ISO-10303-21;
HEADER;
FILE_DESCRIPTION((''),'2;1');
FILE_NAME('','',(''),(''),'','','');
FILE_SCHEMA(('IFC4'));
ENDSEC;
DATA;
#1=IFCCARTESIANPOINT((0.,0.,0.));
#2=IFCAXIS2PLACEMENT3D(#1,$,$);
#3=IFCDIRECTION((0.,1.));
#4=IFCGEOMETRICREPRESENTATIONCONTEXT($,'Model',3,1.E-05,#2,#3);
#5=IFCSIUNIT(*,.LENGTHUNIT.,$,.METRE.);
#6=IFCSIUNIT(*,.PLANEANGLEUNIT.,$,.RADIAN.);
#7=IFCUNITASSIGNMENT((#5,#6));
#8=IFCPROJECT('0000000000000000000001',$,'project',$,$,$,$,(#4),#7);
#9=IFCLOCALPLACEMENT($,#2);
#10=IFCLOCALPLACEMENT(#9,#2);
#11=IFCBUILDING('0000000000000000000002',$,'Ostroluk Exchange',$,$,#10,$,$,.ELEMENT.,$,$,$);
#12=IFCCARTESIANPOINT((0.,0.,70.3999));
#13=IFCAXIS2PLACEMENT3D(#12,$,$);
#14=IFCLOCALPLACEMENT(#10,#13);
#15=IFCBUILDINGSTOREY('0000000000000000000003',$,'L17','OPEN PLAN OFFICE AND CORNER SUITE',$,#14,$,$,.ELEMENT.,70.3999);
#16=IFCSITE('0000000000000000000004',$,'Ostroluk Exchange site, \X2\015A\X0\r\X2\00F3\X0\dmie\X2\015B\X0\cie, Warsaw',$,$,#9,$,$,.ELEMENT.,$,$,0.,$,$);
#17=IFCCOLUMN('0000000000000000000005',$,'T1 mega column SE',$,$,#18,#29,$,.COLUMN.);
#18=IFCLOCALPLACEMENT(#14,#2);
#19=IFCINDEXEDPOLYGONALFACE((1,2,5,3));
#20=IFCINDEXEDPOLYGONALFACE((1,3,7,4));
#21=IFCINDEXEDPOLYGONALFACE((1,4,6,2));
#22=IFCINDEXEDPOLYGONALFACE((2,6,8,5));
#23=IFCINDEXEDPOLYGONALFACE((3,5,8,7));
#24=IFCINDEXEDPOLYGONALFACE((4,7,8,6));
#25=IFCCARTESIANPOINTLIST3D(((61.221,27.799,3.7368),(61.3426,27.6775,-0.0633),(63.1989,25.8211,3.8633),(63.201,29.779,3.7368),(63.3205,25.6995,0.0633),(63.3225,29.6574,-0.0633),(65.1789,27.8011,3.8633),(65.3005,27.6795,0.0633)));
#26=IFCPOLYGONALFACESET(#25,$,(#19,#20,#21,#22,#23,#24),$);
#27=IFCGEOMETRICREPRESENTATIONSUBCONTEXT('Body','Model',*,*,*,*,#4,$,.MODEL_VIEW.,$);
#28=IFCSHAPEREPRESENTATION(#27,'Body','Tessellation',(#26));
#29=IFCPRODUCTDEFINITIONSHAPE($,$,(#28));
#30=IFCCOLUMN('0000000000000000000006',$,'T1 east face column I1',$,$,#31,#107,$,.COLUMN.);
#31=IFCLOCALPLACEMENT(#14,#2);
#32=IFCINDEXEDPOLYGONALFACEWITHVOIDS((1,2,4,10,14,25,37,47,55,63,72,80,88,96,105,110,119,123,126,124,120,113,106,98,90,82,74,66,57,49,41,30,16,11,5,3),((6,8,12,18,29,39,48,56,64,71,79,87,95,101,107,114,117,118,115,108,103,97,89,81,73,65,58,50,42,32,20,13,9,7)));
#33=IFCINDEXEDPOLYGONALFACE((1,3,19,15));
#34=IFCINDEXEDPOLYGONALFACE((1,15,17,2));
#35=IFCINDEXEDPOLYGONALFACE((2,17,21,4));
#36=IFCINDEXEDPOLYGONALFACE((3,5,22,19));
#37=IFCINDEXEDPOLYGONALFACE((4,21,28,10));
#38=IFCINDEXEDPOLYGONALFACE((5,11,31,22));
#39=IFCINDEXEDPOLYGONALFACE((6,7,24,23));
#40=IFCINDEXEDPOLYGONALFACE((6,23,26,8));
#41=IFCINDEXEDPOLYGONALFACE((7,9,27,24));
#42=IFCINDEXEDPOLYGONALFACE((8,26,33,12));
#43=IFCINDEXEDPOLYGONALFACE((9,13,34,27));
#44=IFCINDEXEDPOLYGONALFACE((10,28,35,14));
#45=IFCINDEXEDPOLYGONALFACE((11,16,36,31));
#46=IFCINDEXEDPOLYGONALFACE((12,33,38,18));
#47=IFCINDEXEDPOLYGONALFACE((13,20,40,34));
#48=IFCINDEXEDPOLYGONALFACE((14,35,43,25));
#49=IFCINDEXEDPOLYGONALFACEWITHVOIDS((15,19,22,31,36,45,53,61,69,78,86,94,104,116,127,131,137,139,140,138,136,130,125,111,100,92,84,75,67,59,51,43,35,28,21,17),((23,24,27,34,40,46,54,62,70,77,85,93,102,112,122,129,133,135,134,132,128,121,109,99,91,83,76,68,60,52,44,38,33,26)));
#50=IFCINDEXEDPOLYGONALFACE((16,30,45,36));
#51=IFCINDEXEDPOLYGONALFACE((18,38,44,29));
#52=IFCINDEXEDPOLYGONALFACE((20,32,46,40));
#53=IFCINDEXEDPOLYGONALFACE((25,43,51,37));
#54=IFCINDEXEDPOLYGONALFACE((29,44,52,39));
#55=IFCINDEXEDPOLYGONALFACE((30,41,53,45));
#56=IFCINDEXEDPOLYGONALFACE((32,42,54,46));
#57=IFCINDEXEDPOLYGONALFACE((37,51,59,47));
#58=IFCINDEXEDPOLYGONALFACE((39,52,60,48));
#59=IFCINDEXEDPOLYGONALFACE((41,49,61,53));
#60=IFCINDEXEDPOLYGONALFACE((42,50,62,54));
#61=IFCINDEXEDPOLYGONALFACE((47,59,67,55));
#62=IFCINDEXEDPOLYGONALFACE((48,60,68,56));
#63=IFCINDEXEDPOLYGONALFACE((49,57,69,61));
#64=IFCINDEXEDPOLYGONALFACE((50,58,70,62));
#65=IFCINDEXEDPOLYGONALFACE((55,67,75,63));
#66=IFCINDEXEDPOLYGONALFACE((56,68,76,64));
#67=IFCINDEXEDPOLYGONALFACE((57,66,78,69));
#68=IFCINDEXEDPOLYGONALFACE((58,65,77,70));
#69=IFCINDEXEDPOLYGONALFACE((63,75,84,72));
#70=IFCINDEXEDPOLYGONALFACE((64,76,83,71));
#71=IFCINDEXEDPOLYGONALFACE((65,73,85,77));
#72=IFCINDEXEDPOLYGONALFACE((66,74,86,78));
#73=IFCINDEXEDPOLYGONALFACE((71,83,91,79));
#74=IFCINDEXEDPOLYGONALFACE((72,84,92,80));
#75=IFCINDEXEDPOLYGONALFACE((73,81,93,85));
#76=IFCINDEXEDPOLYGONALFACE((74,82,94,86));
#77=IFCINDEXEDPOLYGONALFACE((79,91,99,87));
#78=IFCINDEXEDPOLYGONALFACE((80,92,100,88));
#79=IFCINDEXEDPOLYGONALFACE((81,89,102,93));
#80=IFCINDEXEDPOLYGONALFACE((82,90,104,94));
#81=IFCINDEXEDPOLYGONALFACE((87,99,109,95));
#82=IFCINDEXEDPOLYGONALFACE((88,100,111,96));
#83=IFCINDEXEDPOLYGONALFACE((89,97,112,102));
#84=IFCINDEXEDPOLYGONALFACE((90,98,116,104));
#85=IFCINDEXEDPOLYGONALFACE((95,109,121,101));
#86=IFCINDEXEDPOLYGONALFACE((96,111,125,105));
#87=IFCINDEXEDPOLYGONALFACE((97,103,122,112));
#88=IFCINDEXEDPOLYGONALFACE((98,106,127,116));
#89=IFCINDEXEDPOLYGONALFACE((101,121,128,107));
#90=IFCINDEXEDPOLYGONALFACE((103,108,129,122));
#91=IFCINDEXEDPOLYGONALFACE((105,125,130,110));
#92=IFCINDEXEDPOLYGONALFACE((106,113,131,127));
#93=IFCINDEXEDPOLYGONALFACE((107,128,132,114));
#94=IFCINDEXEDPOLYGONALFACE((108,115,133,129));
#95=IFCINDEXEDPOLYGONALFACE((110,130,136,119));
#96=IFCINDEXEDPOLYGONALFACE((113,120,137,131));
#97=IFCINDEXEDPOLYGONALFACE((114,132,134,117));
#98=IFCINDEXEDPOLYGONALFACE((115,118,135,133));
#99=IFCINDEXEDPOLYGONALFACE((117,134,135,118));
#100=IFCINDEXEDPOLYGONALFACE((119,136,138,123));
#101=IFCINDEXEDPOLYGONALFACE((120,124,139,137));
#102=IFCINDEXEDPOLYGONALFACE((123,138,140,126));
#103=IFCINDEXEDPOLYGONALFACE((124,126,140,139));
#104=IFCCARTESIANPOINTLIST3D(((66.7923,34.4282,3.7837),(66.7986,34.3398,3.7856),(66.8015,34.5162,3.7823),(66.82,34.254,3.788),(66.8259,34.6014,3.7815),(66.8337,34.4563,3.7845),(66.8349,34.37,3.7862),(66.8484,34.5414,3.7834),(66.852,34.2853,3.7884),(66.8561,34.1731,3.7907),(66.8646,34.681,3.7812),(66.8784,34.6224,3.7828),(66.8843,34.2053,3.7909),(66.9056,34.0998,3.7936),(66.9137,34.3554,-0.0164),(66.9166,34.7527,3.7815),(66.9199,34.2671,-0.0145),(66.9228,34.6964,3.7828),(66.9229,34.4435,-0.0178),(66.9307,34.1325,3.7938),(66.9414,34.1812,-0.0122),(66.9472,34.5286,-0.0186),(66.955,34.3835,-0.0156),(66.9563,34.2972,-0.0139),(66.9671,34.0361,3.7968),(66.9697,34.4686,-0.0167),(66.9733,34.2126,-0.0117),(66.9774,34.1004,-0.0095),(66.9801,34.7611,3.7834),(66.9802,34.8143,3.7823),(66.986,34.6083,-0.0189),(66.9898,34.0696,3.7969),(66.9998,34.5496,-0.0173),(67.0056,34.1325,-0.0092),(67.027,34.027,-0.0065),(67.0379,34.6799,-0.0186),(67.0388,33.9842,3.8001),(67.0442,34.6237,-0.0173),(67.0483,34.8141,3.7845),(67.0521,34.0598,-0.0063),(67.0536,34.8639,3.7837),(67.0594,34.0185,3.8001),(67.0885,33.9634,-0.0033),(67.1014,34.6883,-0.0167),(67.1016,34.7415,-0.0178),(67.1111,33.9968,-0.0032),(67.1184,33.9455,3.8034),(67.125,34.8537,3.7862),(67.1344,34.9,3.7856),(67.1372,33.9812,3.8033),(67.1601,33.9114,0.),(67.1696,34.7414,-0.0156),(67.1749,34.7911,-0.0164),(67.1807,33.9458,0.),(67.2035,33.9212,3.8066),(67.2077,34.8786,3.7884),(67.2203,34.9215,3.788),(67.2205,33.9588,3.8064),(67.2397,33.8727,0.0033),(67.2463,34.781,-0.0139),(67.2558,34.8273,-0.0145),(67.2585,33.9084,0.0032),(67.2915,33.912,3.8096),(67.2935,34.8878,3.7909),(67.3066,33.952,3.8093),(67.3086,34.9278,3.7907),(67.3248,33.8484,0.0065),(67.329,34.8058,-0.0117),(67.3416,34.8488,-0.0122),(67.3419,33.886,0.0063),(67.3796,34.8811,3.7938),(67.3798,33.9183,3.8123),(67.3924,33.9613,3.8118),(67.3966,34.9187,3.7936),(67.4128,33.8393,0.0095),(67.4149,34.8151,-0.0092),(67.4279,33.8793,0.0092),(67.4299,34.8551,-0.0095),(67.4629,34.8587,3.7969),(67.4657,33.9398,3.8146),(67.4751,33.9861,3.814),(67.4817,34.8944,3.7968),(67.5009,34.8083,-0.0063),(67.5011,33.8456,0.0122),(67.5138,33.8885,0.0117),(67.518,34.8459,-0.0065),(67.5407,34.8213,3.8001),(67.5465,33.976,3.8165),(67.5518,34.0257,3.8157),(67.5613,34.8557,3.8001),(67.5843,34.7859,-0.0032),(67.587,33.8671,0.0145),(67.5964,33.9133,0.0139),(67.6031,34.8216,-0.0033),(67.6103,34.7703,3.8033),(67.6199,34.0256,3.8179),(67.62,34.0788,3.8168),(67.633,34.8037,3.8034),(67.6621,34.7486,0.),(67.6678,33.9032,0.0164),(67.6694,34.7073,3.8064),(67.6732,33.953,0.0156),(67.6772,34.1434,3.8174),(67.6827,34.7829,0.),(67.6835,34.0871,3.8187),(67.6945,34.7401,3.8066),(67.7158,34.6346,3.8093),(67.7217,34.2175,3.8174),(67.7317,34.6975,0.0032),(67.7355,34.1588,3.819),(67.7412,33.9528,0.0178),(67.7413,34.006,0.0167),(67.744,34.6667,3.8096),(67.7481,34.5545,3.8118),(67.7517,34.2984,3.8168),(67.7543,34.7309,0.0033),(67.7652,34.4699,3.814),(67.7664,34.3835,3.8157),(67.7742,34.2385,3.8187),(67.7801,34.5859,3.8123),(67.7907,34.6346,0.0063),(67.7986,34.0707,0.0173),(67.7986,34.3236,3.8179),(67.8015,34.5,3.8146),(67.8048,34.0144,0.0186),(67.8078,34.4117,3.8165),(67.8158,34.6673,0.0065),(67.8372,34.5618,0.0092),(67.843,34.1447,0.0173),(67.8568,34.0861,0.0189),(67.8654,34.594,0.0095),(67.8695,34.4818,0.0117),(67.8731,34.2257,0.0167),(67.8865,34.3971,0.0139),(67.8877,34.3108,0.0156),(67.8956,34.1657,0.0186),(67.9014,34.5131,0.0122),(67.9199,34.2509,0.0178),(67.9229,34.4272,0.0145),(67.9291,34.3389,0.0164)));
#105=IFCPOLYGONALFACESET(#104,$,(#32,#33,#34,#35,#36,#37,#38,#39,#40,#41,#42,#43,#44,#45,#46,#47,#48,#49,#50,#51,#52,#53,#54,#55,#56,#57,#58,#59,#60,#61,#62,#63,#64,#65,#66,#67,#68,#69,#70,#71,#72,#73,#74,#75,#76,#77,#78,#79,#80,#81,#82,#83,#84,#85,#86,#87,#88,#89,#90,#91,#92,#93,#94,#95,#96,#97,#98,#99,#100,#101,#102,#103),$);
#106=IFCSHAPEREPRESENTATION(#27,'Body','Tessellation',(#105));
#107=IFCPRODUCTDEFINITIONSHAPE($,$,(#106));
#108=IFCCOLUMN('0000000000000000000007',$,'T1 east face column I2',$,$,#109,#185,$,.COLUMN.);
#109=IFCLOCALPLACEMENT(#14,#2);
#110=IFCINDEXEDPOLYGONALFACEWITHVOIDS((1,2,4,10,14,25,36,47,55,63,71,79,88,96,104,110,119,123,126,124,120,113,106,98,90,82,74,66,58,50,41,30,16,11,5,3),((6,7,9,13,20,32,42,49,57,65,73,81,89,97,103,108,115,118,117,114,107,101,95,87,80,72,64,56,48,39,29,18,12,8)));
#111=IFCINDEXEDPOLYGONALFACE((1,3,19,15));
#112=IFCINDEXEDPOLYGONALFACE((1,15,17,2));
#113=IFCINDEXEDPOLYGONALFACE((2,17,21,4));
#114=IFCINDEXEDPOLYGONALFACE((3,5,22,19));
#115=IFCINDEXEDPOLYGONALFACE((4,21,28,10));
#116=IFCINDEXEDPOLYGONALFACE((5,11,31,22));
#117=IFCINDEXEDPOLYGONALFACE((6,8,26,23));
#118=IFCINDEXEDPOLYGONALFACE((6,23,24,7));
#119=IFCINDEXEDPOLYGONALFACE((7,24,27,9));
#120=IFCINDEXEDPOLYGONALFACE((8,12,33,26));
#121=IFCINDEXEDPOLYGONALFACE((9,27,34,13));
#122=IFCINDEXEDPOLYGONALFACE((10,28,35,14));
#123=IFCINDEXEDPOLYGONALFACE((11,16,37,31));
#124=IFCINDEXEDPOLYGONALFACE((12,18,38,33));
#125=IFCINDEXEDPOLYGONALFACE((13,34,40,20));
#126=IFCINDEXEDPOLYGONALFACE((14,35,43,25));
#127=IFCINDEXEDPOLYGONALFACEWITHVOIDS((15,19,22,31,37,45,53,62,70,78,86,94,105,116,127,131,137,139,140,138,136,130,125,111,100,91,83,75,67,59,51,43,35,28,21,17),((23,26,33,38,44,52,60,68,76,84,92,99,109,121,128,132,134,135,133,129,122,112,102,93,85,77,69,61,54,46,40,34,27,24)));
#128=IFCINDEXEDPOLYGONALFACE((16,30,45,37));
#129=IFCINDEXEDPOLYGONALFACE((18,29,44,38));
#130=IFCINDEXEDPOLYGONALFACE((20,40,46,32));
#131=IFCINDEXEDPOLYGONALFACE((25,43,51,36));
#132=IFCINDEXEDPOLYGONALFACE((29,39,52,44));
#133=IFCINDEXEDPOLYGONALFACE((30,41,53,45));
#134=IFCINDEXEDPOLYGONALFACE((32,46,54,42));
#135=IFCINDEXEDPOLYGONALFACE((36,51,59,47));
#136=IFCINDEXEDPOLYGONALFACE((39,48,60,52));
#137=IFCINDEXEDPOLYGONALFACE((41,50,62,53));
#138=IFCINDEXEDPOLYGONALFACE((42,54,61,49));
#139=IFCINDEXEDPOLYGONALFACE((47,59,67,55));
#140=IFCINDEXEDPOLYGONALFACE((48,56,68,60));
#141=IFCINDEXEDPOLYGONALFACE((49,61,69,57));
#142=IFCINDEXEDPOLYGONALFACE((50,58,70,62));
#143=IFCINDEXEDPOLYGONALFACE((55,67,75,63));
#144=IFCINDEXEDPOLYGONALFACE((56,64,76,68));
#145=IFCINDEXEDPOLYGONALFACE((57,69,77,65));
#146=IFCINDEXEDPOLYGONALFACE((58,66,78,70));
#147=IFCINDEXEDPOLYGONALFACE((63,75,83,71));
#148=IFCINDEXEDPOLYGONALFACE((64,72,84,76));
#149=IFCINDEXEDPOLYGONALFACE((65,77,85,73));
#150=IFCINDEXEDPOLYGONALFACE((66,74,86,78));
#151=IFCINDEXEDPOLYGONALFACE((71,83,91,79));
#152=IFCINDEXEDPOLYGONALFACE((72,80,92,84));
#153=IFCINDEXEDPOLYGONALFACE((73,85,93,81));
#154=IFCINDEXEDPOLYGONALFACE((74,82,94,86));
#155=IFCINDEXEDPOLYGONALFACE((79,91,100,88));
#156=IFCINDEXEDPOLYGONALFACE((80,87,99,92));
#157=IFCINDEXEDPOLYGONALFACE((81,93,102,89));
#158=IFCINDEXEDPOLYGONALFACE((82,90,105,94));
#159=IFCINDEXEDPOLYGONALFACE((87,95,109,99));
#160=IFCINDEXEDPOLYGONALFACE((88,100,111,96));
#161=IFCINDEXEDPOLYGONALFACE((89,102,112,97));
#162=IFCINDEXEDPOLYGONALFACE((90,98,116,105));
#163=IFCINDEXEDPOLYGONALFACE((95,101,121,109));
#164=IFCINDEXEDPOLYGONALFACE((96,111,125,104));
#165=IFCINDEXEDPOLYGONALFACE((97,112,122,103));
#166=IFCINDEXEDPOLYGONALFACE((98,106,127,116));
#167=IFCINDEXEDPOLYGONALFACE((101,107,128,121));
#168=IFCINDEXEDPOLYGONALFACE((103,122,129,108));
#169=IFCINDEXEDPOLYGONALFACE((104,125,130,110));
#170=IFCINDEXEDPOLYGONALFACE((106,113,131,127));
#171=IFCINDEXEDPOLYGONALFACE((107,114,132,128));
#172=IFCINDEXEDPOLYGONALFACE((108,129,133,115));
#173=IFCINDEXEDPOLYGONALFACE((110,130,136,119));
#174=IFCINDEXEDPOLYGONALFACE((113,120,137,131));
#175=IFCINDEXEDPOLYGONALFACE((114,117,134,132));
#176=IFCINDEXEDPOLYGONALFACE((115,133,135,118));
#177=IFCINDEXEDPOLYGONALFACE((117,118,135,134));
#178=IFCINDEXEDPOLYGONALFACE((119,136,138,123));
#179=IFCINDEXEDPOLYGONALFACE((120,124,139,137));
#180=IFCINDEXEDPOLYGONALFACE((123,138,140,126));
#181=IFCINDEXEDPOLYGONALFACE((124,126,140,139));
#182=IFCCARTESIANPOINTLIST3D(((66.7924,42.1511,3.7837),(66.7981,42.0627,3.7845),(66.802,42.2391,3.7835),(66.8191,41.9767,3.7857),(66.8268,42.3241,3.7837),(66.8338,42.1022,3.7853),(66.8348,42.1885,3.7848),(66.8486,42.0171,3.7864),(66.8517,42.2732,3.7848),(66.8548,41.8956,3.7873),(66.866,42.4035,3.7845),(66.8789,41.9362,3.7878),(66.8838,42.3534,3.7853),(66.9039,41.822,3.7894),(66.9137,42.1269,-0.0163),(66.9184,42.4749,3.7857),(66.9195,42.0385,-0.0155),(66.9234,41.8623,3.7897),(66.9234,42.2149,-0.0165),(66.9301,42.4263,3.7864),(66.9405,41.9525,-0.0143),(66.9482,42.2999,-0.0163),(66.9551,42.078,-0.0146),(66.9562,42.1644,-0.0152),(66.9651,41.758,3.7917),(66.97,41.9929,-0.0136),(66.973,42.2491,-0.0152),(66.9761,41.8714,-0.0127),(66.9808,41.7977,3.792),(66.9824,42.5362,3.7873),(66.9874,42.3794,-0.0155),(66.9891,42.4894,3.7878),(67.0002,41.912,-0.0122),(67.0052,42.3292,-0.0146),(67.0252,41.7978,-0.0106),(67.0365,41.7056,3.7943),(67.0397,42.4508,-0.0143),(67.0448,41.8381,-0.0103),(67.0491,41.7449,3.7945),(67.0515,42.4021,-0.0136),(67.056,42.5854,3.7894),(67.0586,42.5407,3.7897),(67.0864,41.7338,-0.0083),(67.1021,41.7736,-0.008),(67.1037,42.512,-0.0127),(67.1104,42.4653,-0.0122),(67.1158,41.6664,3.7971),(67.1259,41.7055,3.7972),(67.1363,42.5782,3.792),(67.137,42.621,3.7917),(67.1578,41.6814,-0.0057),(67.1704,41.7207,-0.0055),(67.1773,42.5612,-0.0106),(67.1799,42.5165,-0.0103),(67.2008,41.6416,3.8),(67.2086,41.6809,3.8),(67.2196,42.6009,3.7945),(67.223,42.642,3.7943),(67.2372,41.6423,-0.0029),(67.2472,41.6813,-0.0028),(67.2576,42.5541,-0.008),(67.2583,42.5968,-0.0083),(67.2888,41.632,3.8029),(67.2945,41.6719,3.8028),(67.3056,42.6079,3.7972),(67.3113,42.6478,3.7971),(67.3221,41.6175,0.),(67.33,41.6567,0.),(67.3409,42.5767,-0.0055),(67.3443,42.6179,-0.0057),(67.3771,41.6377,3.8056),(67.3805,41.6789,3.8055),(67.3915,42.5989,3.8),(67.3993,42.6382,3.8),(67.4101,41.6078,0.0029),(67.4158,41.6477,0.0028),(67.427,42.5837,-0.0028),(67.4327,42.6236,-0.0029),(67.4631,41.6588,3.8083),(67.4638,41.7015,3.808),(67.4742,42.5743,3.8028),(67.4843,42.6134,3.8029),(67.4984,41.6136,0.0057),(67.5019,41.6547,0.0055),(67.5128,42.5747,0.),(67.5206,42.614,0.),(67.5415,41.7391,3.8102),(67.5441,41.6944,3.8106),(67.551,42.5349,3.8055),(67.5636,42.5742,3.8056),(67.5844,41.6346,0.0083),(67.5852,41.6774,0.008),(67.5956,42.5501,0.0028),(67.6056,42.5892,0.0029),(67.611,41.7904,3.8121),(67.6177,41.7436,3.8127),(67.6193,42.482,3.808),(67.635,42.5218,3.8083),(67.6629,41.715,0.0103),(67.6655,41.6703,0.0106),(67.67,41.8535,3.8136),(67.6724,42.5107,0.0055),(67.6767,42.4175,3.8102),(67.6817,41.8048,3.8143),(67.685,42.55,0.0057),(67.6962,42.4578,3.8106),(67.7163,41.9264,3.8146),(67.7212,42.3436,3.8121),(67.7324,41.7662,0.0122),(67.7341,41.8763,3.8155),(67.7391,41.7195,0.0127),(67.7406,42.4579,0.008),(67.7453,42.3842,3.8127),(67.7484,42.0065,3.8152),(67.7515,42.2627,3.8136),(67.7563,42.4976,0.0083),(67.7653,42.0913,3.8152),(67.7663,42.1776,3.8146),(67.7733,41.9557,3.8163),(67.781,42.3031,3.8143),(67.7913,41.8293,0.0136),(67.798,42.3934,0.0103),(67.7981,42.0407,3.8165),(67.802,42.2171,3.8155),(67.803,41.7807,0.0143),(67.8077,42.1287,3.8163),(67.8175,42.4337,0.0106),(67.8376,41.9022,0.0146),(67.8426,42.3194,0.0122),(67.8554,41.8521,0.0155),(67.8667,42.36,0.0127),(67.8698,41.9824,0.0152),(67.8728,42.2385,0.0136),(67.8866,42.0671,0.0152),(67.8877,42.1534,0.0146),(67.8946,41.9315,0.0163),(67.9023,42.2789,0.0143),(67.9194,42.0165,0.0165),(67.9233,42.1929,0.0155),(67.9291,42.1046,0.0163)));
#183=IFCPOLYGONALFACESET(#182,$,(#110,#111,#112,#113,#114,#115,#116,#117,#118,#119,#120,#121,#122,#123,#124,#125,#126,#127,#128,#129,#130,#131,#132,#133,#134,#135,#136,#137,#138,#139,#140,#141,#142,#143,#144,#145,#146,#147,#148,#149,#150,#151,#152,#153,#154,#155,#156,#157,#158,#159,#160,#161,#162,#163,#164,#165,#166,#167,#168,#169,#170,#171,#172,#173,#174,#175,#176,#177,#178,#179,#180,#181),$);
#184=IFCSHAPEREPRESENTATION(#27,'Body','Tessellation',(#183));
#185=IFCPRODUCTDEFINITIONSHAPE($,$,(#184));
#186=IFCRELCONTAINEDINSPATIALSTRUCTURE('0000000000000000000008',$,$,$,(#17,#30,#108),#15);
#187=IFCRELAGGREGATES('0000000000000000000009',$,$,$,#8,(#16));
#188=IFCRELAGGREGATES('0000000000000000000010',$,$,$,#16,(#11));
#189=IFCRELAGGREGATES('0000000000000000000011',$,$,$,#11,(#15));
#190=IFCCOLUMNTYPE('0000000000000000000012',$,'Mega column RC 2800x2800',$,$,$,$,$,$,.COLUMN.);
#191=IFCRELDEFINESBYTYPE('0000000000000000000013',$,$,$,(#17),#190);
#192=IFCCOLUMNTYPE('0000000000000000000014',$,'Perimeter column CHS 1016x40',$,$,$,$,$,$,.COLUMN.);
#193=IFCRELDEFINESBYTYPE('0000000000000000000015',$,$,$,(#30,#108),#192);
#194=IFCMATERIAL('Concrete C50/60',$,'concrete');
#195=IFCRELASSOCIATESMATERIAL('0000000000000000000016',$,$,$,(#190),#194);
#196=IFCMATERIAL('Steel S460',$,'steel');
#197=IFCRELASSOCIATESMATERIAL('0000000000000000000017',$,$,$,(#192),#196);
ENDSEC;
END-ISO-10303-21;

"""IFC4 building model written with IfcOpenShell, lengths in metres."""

from ifc_helpers import new_model, si_unit, direction, frame, origin, origin_2d, place, context, subcontext, project, spatial, rectangle, hollow_circle, extrude, material, material_profile, profile_set, type_object, element, save


model = new_model("IFC4")

# Units and contexts
model_context = context("Model", 3, precision=1e-05, world=origin(), true_north=direction((0.0, 1.0)))
body_context = subcontext(model_context, "Body", "Model", "MODEL_VIEW")
ifc_project = project(units=[si_unit("LENGTHUNIT", "METRE"), si_unit("PLANEANGLEUNIT", "RADIAN")], contexts=[model_context])

# Site, building, storey
site_placement = place(None, origin())
site = spatial("IfcSite", under=ifc_project, at=site_placement, Name="Ostroluk Exchange site, Śródmieście, Warsaw", CompositionType="ELEMENT", RefElevation=0.0)
building_placement = place(site_placement, origin())
building = spatial("IfcBuilding", under=site, at=building_placement, Name="Ostroluk Exchange", CompositionType="ELEMENT")
storey_placement = place(building_placement, frame((0.0, 0.0, 70.3999)))
storey = spatial("IfcBuildingStorey", under=building, at=storey_placement, Name="L17", Description="OPEN PLAN OFFICE AND CORNER SUITE", CompositionType="ELEMENT", Elevation=70.3999)

# Columns
ifc_material_1 = material(Name="Concrete C50/60", Category="concrete")
ifc_material_profile_1 = material_profile(ifc_material_1, rectangle(XDim=2.8, YDim=2.8, at=origin_2d()), Name="RC 2800x2800")
ifc_profile_set_1 = profile_set([ifc_material_profile_1], Name="Concrete C50/60")
column_type_1 = type_object("IfcColumnType", Name="Mega column RC 2800x2800", PredefinedType="COLUMN", material=ifc_profile_set_1)
column_1_placement = place(storey_placement, frame((63.3215, 27.6785, 0.0), z_axis=(-0.031962, 0.031962, 0.998978), x_axis=(-0.707107, -0.707107, 0.0)))
element("IfcColumn", 1, at=column_1_placement, inside=storey, type_object=column_type_1, Name="T1 mega column SE", PredefinedType="COLUMN", context=body_context, shape_type="SweptSolid", body=[
    extrude(rectangle(XDim=2.8, YDim=2.8, at=origin_2d()), origin(), (0.0, 0.0, 1.0), 3.804),
])
ifc_material_2 = material(Name="Steel S460", Category="steel")
ifc_material_profile_2 = material_profile(ifc_material_2, hollow_circle(Radius=0.5081, WallThickness=0.04, at=origin_2d()), Name="CHS 1016x40")
ifc_profile_set_2 = profile_set([ifc_material_profile_2], Name="Steel S460")
column_type_2 = type_object("IfcColumnType", Name="Perimeter column CHS 1016x40", PredefinedType="COLUMN", material=ifc_profile_set_2)
column_2_placement = place(storey_placement, frame((67.4214, 34.3472, 0.0), z_axis=(-0.031909, 0.019132, 0.999308), x_axis=(-0.514242, -0.857645, 0.0)))
element("IfcColumn", 2, at=column_2_placement, inside=storey, type_object=column_type_2, Name="T1 east face column I1", PredefinedType="COLUMN", context=body_context, shape_type="SweptSolid", body=[
    extrude(hollow_circle(Radius=0.5081, WallThickness=0.04, at=origin_2d()), origin(), (0.0, 0.0, 1.0), 3.8027),
])
column_3_placement = place(storey_placement, frame((67.4214, 42.1157, 0.0), z_axis=(-0.031914, 0.006357, 0.99947), x_axis=(-0.195357, -0.980732, 0.0)))
element("IfcColumn", 3, at=column_3_placement, inside=storey, type_object=column_type_2, Name="T1 east face column I2", PredefinedType="COLUMN", context=body_context, shape_type="SweptSolid", body=[
    extrude(hollow_circle(Radius=0.5081, WallThickness=0.04, at=origin_2d()), origin(), (0.0, 0.0, 1.0), 3.802),
])

save(model, "model.ifc")
